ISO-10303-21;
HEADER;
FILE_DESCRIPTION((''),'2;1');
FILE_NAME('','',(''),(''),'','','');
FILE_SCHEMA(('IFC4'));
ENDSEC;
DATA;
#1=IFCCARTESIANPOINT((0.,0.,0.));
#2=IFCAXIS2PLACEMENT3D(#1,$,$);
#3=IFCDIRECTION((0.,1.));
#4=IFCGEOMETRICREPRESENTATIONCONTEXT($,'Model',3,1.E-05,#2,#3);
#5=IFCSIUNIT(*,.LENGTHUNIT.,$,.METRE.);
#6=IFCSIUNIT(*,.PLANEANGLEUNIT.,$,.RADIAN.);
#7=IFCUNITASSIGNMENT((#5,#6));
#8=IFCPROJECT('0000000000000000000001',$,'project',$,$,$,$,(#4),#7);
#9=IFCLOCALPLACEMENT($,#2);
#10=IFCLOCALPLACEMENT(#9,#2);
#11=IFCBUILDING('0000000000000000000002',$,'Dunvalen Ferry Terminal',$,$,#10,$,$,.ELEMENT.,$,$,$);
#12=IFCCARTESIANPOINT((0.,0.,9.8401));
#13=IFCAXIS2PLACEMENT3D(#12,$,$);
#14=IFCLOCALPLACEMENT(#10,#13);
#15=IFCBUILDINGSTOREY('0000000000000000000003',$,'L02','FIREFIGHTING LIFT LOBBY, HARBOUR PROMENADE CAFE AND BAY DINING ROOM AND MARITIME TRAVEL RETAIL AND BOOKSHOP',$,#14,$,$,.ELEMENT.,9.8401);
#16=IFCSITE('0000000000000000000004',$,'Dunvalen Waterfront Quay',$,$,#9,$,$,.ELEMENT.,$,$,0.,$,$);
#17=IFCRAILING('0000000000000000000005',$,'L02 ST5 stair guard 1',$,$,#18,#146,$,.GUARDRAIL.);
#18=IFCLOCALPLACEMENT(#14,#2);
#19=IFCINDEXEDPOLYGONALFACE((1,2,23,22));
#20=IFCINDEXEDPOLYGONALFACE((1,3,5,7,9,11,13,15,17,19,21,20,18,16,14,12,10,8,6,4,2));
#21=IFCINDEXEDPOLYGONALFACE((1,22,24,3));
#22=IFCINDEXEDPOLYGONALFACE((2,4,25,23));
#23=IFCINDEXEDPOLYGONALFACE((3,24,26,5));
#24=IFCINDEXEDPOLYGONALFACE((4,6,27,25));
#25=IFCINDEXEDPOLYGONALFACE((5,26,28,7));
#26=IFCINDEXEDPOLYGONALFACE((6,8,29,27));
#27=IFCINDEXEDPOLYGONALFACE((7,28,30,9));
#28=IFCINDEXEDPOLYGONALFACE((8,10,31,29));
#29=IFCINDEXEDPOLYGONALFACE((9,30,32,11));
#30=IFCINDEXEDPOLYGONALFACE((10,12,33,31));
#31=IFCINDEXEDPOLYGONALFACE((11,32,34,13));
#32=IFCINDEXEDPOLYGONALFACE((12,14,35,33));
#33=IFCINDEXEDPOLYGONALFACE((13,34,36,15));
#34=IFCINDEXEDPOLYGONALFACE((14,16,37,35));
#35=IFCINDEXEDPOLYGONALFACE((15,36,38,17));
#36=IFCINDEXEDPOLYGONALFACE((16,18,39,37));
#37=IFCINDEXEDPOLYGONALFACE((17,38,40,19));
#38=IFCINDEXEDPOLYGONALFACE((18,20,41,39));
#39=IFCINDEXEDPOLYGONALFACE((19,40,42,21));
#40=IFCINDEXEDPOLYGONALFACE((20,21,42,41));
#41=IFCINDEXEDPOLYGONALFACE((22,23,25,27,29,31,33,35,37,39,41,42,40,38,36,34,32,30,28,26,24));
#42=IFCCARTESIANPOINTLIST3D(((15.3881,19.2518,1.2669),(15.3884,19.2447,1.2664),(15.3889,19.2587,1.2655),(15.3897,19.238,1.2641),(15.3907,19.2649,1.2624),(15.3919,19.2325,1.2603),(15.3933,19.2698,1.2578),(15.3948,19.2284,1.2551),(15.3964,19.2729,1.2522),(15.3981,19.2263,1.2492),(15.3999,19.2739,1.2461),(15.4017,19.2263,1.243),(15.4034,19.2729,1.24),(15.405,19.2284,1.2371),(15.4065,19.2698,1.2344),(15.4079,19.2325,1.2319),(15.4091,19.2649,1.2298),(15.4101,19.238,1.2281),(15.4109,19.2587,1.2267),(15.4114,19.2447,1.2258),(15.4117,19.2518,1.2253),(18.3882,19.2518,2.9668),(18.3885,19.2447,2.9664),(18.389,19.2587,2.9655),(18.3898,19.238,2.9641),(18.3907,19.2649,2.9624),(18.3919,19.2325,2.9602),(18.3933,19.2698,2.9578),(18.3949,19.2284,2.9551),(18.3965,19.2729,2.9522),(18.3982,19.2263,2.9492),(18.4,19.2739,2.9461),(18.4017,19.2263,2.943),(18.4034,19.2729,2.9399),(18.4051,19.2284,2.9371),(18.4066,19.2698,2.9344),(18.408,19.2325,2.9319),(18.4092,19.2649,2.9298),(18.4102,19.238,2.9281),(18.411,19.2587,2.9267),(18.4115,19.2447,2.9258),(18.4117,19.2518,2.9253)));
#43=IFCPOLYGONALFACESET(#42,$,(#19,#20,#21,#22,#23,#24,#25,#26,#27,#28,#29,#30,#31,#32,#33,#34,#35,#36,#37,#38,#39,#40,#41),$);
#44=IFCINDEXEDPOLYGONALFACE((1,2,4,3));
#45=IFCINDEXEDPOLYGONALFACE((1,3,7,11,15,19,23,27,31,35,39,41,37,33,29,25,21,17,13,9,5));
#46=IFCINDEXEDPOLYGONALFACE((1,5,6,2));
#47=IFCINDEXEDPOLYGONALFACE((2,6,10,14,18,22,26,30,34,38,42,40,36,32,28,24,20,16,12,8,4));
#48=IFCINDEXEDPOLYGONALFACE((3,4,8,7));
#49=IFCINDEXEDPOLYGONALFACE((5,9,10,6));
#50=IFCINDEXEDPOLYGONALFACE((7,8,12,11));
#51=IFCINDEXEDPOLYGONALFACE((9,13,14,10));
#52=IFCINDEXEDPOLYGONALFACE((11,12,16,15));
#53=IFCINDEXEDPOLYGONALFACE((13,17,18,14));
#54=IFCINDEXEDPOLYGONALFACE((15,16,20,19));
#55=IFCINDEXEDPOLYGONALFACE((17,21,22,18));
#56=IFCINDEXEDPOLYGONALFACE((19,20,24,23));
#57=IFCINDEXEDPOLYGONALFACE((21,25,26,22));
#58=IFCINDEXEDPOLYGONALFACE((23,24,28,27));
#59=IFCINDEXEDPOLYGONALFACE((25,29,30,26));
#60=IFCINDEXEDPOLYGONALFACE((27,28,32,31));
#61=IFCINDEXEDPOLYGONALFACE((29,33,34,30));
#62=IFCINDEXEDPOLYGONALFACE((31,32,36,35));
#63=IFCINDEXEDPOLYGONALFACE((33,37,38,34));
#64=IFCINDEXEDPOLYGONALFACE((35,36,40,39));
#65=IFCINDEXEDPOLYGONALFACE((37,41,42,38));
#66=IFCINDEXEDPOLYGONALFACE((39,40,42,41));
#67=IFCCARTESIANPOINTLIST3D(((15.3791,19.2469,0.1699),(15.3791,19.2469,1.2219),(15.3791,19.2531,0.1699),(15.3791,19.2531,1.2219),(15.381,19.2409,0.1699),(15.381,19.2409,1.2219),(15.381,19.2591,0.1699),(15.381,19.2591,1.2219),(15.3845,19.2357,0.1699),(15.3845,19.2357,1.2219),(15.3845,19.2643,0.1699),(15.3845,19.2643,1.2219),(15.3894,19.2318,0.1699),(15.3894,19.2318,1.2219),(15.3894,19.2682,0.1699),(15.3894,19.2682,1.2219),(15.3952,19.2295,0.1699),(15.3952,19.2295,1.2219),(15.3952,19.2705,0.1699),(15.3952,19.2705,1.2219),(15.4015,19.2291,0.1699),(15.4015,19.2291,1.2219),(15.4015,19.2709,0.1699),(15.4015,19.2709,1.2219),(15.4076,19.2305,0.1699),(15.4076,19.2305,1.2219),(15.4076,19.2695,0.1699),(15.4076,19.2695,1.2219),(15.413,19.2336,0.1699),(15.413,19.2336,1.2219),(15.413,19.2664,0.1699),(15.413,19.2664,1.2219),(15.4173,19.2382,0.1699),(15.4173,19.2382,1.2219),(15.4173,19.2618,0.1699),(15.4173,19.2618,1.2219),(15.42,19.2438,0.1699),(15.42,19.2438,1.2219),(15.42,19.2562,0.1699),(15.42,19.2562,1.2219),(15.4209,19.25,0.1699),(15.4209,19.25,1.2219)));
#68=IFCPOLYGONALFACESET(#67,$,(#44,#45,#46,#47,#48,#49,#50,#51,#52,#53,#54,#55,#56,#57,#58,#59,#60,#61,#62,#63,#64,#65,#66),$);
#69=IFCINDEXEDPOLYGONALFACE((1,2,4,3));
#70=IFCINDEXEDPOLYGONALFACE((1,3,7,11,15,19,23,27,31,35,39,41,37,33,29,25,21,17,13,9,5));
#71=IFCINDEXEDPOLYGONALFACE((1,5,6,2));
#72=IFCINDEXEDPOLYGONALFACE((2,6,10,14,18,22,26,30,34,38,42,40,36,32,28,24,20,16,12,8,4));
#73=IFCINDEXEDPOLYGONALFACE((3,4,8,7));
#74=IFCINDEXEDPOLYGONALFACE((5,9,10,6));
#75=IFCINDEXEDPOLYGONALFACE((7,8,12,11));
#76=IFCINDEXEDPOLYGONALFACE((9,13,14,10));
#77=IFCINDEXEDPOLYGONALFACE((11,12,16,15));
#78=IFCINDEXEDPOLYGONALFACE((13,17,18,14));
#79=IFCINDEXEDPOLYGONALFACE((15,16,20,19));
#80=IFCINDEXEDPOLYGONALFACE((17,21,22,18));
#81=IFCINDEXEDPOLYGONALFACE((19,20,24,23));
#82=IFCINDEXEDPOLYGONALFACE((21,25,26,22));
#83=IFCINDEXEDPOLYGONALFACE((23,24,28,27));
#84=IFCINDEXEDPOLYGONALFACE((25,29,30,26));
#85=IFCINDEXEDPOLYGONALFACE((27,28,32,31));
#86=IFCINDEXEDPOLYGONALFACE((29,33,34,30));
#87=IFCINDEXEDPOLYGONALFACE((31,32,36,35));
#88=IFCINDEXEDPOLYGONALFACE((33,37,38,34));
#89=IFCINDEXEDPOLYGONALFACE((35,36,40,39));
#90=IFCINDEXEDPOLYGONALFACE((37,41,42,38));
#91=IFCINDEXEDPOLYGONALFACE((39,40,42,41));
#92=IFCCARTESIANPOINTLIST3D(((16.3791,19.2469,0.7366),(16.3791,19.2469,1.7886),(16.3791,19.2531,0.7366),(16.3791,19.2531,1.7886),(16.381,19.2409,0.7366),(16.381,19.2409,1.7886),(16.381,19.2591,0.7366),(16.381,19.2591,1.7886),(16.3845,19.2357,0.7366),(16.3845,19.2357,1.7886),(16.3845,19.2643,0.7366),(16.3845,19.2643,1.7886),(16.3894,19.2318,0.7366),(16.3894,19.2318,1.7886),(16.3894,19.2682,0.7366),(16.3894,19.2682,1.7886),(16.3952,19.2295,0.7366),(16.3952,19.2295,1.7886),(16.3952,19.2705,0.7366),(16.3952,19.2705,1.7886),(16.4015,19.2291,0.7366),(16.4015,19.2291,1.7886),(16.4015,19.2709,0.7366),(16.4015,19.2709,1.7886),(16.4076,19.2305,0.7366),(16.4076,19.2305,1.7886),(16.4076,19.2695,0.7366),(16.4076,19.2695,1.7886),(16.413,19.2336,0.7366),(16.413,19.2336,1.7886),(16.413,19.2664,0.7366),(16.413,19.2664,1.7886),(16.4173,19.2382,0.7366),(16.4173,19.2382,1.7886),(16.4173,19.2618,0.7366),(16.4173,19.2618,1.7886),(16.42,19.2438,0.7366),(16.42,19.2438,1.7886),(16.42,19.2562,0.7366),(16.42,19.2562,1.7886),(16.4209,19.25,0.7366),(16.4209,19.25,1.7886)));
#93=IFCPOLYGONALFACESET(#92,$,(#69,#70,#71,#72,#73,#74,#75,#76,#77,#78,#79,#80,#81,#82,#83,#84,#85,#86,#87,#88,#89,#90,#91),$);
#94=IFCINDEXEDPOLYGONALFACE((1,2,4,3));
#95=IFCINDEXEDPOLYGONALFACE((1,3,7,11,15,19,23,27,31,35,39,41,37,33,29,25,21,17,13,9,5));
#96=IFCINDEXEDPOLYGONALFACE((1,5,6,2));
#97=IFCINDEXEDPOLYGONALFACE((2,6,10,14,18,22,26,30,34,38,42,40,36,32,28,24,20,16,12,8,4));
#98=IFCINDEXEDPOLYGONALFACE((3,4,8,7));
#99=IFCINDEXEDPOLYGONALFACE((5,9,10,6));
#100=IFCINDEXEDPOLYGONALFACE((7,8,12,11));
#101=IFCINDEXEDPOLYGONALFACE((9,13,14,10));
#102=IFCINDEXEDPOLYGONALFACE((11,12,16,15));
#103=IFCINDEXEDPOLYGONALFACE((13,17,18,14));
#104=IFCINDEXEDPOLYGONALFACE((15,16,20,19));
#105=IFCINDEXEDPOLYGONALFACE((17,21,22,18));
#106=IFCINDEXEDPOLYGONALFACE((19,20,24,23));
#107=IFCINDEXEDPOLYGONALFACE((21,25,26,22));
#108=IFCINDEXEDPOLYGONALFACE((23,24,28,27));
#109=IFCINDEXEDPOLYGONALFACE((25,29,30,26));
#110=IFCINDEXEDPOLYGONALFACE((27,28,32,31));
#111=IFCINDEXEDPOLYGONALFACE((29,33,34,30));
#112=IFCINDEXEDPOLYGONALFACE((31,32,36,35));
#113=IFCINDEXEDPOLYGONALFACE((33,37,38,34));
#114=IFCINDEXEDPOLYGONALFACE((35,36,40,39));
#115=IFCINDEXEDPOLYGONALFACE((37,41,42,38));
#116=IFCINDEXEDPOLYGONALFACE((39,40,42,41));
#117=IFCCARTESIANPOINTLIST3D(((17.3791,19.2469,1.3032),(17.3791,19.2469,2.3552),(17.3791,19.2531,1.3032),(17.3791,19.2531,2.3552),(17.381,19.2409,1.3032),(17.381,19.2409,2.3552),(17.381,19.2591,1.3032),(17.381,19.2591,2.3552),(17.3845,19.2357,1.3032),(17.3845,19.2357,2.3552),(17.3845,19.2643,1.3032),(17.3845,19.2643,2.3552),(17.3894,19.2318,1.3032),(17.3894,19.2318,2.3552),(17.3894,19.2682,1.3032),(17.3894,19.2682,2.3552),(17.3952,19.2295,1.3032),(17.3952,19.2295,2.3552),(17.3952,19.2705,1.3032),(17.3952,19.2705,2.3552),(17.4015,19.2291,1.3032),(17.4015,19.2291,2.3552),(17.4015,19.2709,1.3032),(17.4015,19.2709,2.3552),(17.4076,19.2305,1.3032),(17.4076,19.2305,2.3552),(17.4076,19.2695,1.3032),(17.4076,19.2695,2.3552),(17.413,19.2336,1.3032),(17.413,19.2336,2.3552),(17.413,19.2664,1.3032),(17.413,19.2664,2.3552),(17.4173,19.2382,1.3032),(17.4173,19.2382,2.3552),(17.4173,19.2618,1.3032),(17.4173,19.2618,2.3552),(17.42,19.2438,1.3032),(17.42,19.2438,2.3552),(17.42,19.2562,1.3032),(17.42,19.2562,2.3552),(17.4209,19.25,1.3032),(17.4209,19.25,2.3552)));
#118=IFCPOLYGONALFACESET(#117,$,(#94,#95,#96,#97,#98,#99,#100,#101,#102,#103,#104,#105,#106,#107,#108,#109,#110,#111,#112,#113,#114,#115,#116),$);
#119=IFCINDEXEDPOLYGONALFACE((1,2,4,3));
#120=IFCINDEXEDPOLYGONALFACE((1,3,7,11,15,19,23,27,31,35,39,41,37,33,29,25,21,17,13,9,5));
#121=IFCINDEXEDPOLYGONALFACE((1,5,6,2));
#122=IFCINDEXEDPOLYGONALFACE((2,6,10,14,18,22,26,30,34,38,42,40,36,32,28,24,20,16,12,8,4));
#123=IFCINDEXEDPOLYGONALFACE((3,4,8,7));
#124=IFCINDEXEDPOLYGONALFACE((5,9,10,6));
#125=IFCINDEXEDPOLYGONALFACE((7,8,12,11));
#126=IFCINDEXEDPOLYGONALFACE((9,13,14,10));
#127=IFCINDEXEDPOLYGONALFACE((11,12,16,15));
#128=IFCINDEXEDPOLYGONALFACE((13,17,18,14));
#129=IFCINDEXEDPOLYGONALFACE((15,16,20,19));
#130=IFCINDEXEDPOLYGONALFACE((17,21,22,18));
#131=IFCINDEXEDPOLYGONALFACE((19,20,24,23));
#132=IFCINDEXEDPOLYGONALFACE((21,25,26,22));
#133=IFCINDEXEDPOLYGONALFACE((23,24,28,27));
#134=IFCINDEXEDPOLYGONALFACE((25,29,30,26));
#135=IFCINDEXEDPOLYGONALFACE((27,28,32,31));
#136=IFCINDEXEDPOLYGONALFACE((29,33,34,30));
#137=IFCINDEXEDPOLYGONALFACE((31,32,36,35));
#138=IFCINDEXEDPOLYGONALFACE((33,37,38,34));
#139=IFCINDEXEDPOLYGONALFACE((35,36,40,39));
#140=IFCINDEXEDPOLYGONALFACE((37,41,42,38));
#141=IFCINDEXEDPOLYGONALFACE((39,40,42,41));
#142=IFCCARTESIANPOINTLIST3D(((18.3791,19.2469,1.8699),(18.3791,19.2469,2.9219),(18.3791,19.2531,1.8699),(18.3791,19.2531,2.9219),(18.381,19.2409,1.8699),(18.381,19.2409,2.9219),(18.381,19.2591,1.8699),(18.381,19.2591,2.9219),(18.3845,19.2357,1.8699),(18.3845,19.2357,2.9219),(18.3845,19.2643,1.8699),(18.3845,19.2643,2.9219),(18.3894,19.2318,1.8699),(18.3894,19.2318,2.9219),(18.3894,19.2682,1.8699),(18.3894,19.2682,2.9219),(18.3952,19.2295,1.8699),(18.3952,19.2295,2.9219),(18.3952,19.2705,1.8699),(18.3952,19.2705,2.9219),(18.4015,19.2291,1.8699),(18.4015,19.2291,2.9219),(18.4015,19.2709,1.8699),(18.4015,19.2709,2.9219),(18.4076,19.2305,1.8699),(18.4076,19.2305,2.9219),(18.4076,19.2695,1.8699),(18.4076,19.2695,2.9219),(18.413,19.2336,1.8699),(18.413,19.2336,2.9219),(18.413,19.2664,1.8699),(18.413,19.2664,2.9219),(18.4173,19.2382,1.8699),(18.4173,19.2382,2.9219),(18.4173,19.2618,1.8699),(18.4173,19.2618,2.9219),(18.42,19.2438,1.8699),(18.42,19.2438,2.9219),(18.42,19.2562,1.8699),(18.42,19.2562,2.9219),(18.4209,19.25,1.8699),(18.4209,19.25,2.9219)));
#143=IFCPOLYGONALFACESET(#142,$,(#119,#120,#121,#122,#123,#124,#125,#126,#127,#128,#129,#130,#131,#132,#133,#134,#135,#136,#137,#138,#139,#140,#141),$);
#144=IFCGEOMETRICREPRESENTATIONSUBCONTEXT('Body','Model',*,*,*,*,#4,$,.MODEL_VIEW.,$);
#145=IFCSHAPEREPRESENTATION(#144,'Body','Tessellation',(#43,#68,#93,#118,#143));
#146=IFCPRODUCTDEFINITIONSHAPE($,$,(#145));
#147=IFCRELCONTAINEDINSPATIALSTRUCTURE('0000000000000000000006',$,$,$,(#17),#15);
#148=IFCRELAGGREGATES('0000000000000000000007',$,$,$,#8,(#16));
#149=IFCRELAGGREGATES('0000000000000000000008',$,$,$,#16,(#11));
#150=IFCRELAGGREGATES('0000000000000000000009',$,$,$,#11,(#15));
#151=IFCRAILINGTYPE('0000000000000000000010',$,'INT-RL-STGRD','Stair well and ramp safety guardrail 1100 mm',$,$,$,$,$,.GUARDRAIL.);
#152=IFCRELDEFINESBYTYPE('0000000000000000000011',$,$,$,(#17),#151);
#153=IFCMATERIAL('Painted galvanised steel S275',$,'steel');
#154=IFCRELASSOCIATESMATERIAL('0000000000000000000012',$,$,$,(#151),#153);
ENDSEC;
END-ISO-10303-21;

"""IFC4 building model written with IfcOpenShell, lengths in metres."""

from ifc_helpers import new_model, si_unit, direction, frame, origin, origin_2d, place, context, subcontext, project, spatial, circle, extrude, material, type_object, element, save


model = new_model("IFC4")

# Units and contexts
model_context = context("Model", 3, precision=1e-05, world=origin(), true_north=direction((0.0, 1.0)))
body_context = subcontext(model_context, "Body", "Model", "MODEL_VIEW")
ifc_project = project(units=[si_unit("LENGTHUNIT", "METRE"), si_unit("PLANEANGLEUNIT", "RADIAN")], contexts=[model_context])

# Site, building, storey
site_placement = place(None, origin())
site = spatial("IfcSite", under=ifc_project, at=site_placement, Name="Dunvalen Waterfront Quay", CompositionType="ELEMENT", RefElevation=0.0)
building_placement = place(site_placement, origin())
building = spatial("IfcBuilding", under=site, at=building_placement, Name="Dunvalen Ferry Terminal", CompositionType="ELEMENT")
storey_placement = place(building_placement, frame((0.0, 0.0, 9.8401)))
storey = spatial("IfcBuildingStorey", under=building, at=storey_placement, Name="L02", Description="FIREFIGHTING LIFT LOBBY, HARBOUR PROMENADE CAFE AND BAY DINING ROOM AND MARITIME TRAVEL RETAIL AND BOOKSHOP", CompositionType="ELEMENT", Elevation=9.8401)

# Railing
ifc_material_1 = material(Name="Painted galvanised steel S275", Category="steel")
railing_type_1 = type_object("IfcRailingType", Name="INT-RL-STGRD", Description="Stair well and ramp safety guardrail 1100 mm", PredefinedType="GUARDRAIL", material=ifc_material_1)
railing_1_placement = place(storey_placement, frame((15.3999, 19.25, 0.1699)))
element("IfcRailing", 1, at=railing_1_placement, inside=storey, type_object=railing_type_1, Name="L02 ST5 stair guard 1", PredefinedType="GUARDRAIL", context=body_context, shape_type="SweptSolid", body=[
    extrude(circle(Radius=0.0239, at=origin_2d()), frame((0.0, 0.0, 1.0762), z_axis=(0.870028, 0.0, 0.493002), x_axis=(0.0, 1.0, 0.0)), (0.0, 0.0, 1.0), 3.4482),
    extrude(circle(Radius=0.021, at=origin_2d()), origin(), (0.0, 0.0, 1.0), 1.052),
    extrude(circle(Radius=0.021, at=origin_2d()), frame((1.0, 0.0, 0.5667)), (0.0, 0.0, 1.0), 1.052),
    extrude(circle(Radius=0.021, at=origin_2d()), frame((2.0, 0.0, 1.1333)), (0.0, 0.0, 1.0), 1.052),
    extrude(circle(Radius=0.021, at=origin_2d()), frame((3.0, 0.0, 1.7)), (0.0, 0.0, 1.0), 1.052),
])

save(model, "model.ifc")
